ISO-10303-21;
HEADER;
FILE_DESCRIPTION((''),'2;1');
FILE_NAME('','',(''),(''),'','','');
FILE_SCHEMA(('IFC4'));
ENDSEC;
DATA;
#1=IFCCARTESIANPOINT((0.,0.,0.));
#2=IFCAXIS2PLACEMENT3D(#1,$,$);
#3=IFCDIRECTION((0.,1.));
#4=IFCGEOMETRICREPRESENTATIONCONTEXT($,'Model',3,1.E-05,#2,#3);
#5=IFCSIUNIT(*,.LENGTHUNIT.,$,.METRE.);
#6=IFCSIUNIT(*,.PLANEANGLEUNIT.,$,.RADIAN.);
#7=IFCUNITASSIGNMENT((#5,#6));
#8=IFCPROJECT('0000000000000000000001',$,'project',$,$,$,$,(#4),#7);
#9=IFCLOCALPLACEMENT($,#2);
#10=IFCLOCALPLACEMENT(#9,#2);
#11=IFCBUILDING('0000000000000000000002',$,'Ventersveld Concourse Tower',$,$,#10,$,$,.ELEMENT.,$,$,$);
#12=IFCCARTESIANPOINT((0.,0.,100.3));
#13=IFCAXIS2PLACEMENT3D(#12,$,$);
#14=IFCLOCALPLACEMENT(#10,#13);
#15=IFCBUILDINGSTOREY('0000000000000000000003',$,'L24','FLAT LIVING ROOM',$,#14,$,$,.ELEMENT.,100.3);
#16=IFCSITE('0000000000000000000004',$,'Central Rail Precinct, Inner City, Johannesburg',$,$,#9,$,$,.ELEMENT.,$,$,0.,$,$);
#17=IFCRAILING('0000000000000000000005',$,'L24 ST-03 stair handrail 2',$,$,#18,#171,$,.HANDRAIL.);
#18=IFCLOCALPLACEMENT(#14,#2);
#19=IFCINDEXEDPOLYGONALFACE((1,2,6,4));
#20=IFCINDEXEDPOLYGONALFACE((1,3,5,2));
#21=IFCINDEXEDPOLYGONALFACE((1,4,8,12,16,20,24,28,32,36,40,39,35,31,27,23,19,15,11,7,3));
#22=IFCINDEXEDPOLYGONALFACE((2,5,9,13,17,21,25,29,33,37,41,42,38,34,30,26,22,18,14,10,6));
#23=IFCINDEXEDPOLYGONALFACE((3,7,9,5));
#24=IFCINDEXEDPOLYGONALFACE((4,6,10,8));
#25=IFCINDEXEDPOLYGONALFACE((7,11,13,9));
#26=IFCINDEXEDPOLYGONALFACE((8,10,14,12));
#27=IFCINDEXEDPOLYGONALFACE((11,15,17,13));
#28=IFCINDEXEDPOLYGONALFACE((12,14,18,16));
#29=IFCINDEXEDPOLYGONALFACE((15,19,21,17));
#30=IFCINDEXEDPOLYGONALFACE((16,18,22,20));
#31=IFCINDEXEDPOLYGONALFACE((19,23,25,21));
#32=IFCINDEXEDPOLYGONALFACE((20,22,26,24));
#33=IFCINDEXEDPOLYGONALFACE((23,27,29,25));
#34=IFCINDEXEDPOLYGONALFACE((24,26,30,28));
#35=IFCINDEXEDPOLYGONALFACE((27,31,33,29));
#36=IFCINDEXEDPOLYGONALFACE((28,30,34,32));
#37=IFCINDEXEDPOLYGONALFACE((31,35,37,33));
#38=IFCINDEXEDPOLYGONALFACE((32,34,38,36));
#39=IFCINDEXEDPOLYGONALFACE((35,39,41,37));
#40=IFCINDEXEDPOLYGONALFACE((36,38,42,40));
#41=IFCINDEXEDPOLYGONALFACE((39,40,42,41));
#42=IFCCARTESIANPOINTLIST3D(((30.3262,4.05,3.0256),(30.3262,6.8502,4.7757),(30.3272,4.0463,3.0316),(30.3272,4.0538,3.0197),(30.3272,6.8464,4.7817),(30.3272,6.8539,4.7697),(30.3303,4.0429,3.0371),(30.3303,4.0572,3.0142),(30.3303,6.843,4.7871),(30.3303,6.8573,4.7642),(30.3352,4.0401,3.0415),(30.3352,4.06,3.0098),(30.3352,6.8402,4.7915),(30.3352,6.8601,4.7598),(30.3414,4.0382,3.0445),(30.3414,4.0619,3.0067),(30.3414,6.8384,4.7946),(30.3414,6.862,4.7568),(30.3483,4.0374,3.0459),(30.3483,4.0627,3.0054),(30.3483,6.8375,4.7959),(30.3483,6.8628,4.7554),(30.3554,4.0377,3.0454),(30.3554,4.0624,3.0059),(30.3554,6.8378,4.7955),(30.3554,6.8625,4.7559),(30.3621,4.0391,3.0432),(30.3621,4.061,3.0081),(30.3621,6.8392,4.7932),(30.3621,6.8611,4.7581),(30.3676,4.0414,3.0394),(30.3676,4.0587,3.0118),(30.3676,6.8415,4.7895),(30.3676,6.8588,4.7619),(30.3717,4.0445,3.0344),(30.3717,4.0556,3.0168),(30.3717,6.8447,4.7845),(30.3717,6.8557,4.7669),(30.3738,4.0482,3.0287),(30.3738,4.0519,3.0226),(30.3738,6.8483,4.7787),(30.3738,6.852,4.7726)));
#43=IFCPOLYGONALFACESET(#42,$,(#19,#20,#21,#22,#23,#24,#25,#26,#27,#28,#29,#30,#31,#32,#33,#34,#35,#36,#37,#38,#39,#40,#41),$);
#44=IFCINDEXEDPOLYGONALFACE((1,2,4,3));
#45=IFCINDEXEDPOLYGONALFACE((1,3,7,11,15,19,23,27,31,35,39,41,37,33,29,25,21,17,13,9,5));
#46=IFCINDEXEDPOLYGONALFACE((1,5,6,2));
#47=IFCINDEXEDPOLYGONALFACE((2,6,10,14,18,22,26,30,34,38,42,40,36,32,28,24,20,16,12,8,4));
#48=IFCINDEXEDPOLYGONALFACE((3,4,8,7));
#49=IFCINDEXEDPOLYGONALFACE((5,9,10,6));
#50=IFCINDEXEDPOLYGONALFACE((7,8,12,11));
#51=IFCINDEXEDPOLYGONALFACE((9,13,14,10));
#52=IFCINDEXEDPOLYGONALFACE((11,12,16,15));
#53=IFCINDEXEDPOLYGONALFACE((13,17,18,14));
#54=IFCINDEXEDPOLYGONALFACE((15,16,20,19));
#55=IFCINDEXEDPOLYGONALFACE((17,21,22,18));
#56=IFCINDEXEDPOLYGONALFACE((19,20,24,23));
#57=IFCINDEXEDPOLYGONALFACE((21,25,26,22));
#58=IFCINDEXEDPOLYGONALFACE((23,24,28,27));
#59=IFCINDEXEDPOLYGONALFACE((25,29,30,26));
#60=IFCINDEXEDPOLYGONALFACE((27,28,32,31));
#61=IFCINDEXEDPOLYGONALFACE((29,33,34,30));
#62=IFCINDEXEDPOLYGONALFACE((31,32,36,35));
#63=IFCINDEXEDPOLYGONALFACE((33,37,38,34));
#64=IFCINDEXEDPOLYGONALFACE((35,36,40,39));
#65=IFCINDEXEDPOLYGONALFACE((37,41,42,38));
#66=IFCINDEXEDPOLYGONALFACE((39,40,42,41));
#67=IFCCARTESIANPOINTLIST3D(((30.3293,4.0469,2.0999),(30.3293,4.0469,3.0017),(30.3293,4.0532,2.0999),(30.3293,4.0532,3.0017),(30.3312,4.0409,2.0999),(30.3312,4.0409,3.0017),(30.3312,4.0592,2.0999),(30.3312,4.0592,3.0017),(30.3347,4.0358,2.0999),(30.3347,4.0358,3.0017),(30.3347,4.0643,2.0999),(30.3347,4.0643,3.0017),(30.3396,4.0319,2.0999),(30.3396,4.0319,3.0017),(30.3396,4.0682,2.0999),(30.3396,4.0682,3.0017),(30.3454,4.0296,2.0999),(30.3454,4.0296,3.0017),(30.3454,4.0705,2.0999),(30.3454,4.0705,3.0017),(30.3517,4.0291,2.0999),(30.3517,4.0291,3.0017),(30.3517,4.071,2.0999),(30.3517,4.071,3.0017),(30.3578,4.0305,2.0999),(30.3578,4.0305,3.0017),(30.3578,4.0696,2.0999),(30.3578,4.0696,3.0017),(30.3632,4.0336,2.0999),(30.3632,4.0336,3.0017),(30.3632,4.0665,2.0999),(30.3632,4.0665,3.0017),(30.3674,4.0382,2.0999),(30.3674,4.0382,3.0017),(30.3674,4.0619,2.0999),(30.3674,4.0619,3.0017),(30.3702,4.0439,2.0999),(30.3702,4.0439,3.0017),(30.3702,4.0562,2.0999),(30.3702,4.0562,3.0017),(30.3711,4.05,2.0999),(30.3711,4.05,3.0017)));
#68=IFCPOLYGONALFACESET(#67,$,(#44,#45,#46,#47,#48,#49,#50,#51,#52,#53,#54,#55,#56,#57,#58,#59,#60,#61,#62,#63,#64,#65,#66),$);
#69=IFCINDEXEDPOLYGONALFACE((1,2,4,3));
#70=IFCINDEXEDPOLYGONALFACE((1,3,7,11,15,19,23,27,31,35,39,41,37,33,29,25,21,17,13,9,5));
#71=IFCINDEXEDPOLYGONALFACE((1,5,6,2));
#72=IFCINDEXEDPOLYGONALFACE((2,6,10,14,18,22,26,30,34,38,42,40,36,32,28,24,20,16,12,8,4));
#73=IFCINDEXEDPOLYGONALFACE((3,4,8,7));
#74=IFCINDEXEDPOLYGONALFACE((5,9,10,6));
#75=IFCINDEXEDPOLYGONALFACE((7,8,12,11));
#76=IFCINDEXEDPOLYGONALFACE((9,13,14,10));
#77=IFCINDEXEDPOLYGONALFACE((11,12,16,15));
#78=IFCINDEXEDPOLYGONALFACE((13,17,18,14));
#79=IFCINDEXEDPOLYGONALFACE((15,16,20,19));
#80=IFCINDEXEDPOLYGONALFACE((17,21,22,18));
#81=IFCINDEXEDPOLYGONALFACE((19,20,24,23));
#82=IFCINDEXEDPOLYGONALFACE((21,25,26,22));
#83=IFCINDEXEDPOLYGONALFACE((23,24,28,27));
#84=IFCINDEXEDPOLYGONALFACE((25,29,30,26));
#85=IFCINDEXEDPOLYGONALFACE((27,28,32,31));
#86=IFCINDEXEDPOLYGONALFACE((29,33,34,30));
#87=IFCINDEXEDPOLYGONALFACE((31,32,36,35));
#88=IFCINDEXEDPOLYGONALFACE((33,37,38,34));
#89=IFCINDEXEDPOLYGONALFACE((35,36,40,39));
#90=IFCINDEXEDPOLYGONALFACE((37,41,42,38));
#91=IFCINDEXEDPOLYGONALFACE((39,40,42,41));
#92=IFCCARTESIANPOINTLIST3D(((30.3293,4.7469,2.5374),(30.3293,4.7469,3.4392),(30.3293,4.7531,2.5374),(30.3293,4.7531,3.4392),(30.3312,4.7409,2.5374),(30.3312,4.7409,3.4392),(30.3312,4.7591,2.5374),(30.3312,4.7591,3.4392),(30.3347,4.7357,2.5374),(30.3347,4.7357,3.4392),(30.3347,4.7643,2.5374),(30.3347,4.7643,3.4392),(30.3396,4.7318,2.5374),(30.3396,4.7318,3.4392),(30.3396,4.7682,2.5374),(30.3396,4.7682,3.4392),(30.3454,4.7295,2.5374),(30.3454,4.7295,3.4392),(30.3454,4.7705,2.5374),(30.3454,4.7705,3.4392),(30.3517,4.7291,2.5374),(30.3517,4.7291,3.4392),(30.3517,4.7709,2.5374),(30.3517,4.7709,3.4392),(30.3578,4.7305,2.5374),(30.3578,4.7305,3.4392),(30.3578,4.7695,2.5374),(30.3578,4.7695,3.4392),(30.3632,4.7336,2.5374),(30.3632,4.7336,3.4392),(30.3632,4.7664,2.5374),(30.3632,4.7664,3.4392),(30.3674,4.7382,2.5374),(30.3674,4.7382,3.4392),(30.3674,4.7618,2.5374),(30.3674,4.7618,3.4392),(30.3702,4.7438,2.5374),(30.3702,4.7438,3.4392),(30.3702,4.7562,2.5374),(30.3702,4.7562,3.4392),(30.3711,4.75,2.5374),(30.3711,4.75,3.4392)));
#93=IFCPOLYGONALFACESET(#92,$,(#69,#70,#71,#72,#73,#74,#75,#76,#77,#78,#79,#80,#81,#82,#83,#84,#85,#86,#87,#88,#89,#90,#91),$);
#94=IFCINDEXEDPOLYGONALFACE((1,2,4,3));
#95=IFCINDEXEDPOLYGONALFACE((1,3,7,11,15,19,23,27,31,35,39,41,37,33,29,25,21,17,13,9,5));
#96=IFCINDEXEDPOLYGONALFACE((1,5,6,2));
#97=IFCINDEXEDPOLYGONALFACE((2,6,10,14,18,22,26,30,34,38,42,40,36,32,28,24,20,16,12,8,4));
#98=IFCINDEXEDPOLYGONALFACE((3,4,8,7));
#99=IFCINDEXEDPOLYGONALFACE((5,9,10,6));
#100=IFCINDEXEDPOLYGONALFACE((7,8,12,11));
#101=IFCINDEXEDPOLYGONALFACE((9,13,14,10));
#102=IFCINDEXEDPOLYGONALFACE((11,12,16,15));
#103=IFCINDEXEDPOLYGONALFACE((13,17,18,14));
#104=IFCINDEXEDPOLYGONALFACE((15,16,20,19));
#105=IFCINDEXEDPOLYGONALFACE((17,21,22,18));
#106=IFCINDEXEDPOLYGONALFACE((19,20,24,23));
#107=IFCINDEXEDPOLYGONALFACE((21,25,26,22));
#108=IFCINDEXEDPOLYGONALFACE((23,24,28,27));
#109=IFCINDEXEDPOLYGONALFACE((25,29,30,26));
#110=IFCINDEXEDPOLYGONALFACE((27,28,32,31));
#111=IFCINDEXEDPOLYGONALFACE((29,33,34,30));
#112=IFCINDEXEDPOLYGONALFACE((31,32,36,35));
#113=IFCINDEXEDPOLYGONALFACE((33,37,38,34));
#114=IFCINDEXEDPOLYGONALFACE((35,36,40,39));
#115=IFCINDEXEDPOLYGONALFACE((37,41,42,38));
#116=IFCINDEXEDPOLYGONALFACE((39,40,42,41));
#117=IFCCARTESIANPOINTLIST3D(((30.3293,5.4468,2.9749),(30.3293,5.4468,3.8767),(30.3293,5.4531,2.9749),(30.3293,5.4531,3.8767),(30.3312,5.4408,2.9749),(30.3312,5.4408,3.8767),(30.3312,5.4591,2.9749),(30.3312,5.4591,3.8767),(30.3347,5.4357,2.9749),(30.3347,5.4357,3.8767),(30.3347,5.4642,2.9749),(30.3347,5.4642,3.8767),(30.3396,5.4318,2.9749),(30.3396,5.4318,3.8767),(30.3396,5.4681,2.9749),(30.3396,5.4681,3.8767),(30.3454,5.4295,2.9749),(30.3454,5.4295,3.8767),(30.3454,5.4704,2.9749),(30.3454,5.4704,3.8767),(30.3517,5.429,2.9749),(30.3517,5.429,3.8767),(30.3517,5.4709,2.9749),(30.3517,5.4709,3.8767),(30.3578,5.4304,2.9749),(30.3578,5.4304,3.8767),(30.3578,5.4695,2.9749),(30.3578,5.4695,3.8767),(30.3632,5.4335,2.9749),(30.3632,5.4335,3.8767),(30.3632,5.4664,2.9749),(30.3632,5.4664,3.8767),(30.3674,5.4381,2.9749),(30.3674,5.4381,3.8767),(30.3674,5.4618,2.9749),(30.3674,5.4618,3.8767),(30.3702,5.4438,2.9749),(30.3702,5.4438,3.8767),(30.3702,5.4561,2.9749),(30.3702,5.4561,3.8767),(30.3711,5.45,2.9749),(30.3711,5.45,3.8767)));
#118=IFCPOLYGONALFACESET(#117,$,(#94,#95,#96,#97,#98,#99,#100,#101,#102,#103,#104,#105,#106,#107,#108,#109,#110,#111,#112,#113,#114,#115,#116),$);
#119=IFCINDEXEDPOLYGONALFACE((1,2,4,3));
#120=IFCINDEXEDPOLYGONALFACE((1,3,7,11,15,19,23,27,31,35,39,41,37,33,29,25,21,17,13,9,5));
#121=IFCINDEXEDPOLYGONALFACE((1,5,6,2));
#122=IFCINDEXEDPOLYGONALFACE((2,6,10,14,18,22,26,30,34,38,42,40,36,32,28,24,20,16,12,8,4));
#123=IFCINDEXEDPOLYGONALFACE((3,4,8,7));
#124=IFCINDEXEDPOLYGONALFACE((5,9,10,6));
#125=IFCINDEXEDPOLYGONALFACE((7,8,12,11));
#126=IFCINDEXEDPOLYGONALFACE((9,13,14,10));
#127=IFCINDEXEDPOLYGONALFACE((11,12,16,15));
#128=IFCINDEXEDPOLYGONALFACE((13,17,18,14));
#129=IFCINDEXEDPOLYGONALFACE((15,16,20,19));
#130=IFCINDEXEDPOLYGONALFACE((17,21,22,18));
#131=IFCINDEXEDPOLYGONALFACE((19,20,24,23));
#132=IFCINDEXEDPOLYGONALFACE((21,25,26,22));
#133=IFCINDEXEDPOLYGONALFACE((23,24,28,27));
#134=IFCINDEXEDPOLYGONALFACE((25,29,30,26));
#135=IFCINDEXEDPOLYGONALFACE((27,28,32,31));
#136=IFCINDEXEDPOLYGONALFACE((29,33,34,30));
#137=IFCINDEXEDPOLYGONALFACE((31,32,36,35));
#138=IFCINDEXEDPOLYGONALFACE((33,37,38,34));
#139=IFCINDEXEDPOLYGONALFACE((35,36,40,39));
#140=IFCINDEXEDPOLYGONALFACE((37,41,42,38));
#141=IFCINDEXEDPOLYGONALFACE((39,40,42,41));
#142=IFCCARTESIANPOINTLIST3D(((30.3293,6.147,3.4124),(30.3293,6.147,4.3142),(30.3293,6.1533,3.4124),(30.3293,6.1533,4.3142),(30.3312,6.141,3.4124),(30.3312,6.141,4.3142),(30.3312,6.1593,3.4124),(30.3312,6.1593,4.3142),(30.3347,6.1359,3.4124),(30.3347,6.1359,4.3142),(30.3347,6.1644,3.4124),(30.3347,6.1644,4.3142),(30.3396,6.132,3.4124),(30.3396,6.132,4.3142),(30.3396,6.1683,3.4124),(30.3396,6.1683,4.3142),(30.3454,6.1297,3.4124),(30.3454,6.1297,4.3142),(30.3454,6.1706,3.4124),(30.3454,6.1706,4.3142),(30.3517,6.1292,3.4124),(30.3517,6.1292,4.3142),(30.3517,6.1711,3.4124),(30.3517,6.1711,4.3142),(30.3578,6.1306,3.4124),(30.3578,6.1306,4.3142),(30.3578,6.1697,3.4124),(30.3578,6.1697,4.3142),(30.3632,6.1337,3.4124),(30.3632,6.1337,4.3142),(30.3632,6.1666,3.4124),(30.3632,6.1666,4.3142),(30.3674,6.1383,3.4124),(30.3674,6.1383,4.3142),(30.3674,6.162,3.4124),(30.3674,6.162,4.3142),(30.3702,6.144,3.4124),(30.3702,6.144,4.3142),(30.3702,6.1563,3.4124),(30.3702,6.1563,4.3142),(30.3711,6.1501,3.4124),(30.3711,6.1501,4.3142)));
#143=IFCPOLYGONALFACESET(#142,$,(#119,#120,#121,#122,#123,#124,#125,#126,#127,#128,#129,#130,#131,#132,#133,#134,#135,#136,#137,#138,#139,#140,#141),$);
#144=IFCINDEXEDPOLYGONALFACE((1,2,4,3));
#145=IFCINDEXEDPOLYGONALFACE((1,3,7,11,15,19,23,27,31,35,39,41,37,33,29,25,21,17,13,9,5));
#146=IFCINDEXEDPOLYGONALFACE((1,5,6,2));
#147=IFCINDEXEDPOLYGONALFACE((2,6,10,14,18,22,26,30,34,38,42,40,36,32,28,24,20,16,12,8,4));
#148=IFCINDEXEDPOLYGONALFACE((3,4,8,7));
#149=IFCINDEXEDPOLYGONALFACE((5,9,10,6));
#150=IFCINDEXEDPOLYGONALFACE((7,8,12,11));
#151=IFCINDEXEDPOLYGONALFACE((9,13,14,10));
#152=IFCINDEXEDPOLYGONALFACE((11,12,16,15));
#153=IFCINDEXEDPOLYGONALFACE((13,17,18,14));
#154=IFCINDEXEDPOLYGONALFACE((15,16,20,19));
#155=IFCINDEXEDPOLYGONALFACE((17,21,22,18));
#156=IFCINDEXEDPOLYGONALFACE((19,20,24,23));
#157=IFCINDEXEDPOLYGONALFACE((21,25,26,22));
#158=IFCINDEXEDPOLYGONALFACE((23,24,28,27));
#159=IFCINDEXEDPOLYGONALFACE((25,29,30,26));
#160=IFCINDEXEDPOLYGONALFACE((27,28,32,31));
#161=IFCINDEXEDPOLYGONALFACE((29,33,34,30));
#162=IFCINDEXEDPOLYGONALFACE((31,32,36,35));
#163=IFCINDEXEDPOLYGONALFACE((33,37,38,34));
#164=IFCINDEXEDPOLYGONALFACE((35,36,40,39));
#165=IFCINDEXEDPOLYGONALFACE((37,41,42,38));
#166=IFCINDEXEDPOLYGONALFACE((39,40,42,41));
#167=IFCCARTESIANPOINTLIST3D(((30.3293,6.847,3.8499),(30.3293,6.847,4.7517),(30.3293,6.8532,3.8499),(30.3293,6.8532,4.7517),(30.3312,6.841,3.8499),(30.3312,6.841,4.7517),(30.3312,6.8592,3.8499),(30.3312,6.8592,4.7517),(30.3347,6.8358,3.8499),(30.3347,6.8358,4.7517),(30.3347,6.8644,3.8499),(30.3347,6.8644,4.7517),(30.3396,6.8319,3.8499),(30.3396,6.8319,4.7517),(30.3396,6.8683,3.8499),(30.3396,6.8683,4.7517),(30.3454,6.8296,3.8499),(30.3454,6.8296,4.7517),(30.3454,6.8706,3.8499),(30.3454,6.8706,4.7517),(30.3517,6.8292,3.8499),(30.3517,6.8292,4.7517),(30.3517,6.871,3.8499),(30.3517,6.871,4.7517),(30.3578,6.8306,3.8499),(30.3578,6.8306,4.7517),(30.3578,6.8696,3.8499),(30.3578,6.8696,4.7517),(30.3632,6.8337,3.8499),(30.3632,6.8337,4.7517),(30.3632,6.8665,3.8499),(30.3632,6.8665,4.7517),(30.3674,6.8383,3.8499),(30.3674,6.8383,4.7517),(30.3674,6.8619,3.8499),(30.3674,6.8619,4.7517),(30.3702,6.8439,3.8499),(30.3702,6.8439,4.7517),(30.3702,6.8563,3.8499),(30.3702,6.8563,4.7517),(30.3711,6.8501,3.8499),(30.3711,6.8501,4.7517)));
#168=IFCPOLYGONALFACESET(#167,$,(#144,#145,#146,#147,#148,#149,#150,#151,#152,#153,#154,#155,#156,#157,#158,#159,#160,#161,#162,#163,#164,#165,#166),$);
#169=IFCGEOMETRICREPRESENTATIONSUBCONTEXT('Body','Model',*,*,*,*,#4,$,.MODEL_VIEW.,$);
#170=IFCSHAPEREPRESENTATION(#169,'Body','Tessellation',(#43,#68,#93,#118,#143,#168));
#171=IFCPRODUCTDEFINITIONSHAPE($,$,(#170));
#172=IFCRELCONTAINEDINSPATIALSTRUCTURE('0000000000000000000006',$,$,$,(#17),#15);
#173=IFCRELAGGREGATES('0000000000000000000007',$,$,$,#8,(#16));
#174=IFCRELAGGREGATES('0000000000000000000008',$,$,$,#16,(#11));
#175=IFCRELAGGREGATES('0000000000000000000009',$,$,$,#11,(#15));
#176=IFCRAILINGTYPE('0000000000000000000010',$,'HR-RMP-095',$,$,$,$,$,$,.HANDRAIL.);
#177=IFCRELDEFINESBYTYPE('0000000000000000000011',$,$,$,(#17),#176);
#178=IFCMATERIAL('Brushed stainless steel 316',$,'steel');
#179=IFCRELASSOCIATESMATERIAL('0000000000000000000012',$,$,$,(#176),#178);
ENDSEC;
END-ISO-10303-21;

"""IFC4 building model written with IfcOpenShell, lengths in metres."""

from ifc_helpers import new_model, si_unit, direction, frame, origin, origin_2d, place, context, subcontext, project, spatial, circle, extrude, material, type_object, element, save


model = new_model("IFC4")

# Units and contexts
model_context = context("Model", 3, precision=1e-05, world=origin(), true_north=direction((0.0, 1.0)))
body_context = subcontext(model_context, "Body", "Model", "MODEL_VIEW")
ifc_project = project(units=[si_unit("LENGTHUNIT", "METRE"), si_unit("PLANEANGLEUNIT", "RADIAN")], contexts=[model_context])

# Site, building, storey
site_placement = place(None, origin())
site = spatial("IfcSite", under=ifc_project, at=site_placement, Name="Central Rail Precinct, Inner City, Johannesburg", CompositionType="ELEMENT", RefElevation=0.0)
building_placement = place(site_placement, origin())
building = spatial("IfcBuilding", under=site, at=building_placement, Name="Ventersveld Concourse Tower", CompositionType="ELEMENT")
storey_placement = place(building_placement, frame((0.0, 0.0, 100.3)))
storey = spatial("IfcBuildingStorey", under=building, at=storey_placement, Name="L24", Description="FLAT LIVING ROOM", CompositionType="ELEMENT", Elevation=100.3)

# Railing
ifc_material_1 = material(Name="Brushed stainless steel 316", Category="steel")
railing_type_1 = type_object("IfcRailingType", Name="HR-RMP-095", PredefinedType="HANDRAIL", material=ifc_material_1)
railing_1_placement = place(storey_placement, frame((30.3501, 4.05, 2.0999)))
element("IfcRailing", 1, at=railing_1_placement, inside=storey, type_object=railing_type_1, Name="L24 ST-03 stair handrail 2", PredefinedType="HANDRAIL", context=body_context, shape_type="SweptSolid", body=[
    extrude(circle(Radius=0.0239, at=origin_2d()), frame((0.0, 0.0, 0.9258), z_axis=(0.0, 0.848002, 0.529992), x_axis=(-1.0, 0.0, 0.0)), (0.0, 0.0, 1.0), 3.302),
    extrude(circle(Radius=0.021, at=origin_2d()), origin(), (0.0, 0.0, 1.0), 0.9019),
    extrude(circle(Radius=0.021, at=origin_2d()), frame((0.0, 0.7, 0.4375)), (0.0, 0.0, 1.0), 0.9019),
    extrude(circle(Radius=0.021, at=origin_2d()), frame((0.0, 1.3999, 0.875)), (0.0, 0.0, 1.0), 0.9019),
    extrude(circle(Radius=0.021, at=origin_2d()), frame((0.0, 2.1001, 1.3125)), (0.0, 0.0, 1.0), 0.9019),
    extrude(circle(Radius=0.021, at=origin_2d()), frame((0.0, 2.8, 1.75)), (0.0, 0.0, 1.0), 0.9019),
])

save(model, "model.ifc")
